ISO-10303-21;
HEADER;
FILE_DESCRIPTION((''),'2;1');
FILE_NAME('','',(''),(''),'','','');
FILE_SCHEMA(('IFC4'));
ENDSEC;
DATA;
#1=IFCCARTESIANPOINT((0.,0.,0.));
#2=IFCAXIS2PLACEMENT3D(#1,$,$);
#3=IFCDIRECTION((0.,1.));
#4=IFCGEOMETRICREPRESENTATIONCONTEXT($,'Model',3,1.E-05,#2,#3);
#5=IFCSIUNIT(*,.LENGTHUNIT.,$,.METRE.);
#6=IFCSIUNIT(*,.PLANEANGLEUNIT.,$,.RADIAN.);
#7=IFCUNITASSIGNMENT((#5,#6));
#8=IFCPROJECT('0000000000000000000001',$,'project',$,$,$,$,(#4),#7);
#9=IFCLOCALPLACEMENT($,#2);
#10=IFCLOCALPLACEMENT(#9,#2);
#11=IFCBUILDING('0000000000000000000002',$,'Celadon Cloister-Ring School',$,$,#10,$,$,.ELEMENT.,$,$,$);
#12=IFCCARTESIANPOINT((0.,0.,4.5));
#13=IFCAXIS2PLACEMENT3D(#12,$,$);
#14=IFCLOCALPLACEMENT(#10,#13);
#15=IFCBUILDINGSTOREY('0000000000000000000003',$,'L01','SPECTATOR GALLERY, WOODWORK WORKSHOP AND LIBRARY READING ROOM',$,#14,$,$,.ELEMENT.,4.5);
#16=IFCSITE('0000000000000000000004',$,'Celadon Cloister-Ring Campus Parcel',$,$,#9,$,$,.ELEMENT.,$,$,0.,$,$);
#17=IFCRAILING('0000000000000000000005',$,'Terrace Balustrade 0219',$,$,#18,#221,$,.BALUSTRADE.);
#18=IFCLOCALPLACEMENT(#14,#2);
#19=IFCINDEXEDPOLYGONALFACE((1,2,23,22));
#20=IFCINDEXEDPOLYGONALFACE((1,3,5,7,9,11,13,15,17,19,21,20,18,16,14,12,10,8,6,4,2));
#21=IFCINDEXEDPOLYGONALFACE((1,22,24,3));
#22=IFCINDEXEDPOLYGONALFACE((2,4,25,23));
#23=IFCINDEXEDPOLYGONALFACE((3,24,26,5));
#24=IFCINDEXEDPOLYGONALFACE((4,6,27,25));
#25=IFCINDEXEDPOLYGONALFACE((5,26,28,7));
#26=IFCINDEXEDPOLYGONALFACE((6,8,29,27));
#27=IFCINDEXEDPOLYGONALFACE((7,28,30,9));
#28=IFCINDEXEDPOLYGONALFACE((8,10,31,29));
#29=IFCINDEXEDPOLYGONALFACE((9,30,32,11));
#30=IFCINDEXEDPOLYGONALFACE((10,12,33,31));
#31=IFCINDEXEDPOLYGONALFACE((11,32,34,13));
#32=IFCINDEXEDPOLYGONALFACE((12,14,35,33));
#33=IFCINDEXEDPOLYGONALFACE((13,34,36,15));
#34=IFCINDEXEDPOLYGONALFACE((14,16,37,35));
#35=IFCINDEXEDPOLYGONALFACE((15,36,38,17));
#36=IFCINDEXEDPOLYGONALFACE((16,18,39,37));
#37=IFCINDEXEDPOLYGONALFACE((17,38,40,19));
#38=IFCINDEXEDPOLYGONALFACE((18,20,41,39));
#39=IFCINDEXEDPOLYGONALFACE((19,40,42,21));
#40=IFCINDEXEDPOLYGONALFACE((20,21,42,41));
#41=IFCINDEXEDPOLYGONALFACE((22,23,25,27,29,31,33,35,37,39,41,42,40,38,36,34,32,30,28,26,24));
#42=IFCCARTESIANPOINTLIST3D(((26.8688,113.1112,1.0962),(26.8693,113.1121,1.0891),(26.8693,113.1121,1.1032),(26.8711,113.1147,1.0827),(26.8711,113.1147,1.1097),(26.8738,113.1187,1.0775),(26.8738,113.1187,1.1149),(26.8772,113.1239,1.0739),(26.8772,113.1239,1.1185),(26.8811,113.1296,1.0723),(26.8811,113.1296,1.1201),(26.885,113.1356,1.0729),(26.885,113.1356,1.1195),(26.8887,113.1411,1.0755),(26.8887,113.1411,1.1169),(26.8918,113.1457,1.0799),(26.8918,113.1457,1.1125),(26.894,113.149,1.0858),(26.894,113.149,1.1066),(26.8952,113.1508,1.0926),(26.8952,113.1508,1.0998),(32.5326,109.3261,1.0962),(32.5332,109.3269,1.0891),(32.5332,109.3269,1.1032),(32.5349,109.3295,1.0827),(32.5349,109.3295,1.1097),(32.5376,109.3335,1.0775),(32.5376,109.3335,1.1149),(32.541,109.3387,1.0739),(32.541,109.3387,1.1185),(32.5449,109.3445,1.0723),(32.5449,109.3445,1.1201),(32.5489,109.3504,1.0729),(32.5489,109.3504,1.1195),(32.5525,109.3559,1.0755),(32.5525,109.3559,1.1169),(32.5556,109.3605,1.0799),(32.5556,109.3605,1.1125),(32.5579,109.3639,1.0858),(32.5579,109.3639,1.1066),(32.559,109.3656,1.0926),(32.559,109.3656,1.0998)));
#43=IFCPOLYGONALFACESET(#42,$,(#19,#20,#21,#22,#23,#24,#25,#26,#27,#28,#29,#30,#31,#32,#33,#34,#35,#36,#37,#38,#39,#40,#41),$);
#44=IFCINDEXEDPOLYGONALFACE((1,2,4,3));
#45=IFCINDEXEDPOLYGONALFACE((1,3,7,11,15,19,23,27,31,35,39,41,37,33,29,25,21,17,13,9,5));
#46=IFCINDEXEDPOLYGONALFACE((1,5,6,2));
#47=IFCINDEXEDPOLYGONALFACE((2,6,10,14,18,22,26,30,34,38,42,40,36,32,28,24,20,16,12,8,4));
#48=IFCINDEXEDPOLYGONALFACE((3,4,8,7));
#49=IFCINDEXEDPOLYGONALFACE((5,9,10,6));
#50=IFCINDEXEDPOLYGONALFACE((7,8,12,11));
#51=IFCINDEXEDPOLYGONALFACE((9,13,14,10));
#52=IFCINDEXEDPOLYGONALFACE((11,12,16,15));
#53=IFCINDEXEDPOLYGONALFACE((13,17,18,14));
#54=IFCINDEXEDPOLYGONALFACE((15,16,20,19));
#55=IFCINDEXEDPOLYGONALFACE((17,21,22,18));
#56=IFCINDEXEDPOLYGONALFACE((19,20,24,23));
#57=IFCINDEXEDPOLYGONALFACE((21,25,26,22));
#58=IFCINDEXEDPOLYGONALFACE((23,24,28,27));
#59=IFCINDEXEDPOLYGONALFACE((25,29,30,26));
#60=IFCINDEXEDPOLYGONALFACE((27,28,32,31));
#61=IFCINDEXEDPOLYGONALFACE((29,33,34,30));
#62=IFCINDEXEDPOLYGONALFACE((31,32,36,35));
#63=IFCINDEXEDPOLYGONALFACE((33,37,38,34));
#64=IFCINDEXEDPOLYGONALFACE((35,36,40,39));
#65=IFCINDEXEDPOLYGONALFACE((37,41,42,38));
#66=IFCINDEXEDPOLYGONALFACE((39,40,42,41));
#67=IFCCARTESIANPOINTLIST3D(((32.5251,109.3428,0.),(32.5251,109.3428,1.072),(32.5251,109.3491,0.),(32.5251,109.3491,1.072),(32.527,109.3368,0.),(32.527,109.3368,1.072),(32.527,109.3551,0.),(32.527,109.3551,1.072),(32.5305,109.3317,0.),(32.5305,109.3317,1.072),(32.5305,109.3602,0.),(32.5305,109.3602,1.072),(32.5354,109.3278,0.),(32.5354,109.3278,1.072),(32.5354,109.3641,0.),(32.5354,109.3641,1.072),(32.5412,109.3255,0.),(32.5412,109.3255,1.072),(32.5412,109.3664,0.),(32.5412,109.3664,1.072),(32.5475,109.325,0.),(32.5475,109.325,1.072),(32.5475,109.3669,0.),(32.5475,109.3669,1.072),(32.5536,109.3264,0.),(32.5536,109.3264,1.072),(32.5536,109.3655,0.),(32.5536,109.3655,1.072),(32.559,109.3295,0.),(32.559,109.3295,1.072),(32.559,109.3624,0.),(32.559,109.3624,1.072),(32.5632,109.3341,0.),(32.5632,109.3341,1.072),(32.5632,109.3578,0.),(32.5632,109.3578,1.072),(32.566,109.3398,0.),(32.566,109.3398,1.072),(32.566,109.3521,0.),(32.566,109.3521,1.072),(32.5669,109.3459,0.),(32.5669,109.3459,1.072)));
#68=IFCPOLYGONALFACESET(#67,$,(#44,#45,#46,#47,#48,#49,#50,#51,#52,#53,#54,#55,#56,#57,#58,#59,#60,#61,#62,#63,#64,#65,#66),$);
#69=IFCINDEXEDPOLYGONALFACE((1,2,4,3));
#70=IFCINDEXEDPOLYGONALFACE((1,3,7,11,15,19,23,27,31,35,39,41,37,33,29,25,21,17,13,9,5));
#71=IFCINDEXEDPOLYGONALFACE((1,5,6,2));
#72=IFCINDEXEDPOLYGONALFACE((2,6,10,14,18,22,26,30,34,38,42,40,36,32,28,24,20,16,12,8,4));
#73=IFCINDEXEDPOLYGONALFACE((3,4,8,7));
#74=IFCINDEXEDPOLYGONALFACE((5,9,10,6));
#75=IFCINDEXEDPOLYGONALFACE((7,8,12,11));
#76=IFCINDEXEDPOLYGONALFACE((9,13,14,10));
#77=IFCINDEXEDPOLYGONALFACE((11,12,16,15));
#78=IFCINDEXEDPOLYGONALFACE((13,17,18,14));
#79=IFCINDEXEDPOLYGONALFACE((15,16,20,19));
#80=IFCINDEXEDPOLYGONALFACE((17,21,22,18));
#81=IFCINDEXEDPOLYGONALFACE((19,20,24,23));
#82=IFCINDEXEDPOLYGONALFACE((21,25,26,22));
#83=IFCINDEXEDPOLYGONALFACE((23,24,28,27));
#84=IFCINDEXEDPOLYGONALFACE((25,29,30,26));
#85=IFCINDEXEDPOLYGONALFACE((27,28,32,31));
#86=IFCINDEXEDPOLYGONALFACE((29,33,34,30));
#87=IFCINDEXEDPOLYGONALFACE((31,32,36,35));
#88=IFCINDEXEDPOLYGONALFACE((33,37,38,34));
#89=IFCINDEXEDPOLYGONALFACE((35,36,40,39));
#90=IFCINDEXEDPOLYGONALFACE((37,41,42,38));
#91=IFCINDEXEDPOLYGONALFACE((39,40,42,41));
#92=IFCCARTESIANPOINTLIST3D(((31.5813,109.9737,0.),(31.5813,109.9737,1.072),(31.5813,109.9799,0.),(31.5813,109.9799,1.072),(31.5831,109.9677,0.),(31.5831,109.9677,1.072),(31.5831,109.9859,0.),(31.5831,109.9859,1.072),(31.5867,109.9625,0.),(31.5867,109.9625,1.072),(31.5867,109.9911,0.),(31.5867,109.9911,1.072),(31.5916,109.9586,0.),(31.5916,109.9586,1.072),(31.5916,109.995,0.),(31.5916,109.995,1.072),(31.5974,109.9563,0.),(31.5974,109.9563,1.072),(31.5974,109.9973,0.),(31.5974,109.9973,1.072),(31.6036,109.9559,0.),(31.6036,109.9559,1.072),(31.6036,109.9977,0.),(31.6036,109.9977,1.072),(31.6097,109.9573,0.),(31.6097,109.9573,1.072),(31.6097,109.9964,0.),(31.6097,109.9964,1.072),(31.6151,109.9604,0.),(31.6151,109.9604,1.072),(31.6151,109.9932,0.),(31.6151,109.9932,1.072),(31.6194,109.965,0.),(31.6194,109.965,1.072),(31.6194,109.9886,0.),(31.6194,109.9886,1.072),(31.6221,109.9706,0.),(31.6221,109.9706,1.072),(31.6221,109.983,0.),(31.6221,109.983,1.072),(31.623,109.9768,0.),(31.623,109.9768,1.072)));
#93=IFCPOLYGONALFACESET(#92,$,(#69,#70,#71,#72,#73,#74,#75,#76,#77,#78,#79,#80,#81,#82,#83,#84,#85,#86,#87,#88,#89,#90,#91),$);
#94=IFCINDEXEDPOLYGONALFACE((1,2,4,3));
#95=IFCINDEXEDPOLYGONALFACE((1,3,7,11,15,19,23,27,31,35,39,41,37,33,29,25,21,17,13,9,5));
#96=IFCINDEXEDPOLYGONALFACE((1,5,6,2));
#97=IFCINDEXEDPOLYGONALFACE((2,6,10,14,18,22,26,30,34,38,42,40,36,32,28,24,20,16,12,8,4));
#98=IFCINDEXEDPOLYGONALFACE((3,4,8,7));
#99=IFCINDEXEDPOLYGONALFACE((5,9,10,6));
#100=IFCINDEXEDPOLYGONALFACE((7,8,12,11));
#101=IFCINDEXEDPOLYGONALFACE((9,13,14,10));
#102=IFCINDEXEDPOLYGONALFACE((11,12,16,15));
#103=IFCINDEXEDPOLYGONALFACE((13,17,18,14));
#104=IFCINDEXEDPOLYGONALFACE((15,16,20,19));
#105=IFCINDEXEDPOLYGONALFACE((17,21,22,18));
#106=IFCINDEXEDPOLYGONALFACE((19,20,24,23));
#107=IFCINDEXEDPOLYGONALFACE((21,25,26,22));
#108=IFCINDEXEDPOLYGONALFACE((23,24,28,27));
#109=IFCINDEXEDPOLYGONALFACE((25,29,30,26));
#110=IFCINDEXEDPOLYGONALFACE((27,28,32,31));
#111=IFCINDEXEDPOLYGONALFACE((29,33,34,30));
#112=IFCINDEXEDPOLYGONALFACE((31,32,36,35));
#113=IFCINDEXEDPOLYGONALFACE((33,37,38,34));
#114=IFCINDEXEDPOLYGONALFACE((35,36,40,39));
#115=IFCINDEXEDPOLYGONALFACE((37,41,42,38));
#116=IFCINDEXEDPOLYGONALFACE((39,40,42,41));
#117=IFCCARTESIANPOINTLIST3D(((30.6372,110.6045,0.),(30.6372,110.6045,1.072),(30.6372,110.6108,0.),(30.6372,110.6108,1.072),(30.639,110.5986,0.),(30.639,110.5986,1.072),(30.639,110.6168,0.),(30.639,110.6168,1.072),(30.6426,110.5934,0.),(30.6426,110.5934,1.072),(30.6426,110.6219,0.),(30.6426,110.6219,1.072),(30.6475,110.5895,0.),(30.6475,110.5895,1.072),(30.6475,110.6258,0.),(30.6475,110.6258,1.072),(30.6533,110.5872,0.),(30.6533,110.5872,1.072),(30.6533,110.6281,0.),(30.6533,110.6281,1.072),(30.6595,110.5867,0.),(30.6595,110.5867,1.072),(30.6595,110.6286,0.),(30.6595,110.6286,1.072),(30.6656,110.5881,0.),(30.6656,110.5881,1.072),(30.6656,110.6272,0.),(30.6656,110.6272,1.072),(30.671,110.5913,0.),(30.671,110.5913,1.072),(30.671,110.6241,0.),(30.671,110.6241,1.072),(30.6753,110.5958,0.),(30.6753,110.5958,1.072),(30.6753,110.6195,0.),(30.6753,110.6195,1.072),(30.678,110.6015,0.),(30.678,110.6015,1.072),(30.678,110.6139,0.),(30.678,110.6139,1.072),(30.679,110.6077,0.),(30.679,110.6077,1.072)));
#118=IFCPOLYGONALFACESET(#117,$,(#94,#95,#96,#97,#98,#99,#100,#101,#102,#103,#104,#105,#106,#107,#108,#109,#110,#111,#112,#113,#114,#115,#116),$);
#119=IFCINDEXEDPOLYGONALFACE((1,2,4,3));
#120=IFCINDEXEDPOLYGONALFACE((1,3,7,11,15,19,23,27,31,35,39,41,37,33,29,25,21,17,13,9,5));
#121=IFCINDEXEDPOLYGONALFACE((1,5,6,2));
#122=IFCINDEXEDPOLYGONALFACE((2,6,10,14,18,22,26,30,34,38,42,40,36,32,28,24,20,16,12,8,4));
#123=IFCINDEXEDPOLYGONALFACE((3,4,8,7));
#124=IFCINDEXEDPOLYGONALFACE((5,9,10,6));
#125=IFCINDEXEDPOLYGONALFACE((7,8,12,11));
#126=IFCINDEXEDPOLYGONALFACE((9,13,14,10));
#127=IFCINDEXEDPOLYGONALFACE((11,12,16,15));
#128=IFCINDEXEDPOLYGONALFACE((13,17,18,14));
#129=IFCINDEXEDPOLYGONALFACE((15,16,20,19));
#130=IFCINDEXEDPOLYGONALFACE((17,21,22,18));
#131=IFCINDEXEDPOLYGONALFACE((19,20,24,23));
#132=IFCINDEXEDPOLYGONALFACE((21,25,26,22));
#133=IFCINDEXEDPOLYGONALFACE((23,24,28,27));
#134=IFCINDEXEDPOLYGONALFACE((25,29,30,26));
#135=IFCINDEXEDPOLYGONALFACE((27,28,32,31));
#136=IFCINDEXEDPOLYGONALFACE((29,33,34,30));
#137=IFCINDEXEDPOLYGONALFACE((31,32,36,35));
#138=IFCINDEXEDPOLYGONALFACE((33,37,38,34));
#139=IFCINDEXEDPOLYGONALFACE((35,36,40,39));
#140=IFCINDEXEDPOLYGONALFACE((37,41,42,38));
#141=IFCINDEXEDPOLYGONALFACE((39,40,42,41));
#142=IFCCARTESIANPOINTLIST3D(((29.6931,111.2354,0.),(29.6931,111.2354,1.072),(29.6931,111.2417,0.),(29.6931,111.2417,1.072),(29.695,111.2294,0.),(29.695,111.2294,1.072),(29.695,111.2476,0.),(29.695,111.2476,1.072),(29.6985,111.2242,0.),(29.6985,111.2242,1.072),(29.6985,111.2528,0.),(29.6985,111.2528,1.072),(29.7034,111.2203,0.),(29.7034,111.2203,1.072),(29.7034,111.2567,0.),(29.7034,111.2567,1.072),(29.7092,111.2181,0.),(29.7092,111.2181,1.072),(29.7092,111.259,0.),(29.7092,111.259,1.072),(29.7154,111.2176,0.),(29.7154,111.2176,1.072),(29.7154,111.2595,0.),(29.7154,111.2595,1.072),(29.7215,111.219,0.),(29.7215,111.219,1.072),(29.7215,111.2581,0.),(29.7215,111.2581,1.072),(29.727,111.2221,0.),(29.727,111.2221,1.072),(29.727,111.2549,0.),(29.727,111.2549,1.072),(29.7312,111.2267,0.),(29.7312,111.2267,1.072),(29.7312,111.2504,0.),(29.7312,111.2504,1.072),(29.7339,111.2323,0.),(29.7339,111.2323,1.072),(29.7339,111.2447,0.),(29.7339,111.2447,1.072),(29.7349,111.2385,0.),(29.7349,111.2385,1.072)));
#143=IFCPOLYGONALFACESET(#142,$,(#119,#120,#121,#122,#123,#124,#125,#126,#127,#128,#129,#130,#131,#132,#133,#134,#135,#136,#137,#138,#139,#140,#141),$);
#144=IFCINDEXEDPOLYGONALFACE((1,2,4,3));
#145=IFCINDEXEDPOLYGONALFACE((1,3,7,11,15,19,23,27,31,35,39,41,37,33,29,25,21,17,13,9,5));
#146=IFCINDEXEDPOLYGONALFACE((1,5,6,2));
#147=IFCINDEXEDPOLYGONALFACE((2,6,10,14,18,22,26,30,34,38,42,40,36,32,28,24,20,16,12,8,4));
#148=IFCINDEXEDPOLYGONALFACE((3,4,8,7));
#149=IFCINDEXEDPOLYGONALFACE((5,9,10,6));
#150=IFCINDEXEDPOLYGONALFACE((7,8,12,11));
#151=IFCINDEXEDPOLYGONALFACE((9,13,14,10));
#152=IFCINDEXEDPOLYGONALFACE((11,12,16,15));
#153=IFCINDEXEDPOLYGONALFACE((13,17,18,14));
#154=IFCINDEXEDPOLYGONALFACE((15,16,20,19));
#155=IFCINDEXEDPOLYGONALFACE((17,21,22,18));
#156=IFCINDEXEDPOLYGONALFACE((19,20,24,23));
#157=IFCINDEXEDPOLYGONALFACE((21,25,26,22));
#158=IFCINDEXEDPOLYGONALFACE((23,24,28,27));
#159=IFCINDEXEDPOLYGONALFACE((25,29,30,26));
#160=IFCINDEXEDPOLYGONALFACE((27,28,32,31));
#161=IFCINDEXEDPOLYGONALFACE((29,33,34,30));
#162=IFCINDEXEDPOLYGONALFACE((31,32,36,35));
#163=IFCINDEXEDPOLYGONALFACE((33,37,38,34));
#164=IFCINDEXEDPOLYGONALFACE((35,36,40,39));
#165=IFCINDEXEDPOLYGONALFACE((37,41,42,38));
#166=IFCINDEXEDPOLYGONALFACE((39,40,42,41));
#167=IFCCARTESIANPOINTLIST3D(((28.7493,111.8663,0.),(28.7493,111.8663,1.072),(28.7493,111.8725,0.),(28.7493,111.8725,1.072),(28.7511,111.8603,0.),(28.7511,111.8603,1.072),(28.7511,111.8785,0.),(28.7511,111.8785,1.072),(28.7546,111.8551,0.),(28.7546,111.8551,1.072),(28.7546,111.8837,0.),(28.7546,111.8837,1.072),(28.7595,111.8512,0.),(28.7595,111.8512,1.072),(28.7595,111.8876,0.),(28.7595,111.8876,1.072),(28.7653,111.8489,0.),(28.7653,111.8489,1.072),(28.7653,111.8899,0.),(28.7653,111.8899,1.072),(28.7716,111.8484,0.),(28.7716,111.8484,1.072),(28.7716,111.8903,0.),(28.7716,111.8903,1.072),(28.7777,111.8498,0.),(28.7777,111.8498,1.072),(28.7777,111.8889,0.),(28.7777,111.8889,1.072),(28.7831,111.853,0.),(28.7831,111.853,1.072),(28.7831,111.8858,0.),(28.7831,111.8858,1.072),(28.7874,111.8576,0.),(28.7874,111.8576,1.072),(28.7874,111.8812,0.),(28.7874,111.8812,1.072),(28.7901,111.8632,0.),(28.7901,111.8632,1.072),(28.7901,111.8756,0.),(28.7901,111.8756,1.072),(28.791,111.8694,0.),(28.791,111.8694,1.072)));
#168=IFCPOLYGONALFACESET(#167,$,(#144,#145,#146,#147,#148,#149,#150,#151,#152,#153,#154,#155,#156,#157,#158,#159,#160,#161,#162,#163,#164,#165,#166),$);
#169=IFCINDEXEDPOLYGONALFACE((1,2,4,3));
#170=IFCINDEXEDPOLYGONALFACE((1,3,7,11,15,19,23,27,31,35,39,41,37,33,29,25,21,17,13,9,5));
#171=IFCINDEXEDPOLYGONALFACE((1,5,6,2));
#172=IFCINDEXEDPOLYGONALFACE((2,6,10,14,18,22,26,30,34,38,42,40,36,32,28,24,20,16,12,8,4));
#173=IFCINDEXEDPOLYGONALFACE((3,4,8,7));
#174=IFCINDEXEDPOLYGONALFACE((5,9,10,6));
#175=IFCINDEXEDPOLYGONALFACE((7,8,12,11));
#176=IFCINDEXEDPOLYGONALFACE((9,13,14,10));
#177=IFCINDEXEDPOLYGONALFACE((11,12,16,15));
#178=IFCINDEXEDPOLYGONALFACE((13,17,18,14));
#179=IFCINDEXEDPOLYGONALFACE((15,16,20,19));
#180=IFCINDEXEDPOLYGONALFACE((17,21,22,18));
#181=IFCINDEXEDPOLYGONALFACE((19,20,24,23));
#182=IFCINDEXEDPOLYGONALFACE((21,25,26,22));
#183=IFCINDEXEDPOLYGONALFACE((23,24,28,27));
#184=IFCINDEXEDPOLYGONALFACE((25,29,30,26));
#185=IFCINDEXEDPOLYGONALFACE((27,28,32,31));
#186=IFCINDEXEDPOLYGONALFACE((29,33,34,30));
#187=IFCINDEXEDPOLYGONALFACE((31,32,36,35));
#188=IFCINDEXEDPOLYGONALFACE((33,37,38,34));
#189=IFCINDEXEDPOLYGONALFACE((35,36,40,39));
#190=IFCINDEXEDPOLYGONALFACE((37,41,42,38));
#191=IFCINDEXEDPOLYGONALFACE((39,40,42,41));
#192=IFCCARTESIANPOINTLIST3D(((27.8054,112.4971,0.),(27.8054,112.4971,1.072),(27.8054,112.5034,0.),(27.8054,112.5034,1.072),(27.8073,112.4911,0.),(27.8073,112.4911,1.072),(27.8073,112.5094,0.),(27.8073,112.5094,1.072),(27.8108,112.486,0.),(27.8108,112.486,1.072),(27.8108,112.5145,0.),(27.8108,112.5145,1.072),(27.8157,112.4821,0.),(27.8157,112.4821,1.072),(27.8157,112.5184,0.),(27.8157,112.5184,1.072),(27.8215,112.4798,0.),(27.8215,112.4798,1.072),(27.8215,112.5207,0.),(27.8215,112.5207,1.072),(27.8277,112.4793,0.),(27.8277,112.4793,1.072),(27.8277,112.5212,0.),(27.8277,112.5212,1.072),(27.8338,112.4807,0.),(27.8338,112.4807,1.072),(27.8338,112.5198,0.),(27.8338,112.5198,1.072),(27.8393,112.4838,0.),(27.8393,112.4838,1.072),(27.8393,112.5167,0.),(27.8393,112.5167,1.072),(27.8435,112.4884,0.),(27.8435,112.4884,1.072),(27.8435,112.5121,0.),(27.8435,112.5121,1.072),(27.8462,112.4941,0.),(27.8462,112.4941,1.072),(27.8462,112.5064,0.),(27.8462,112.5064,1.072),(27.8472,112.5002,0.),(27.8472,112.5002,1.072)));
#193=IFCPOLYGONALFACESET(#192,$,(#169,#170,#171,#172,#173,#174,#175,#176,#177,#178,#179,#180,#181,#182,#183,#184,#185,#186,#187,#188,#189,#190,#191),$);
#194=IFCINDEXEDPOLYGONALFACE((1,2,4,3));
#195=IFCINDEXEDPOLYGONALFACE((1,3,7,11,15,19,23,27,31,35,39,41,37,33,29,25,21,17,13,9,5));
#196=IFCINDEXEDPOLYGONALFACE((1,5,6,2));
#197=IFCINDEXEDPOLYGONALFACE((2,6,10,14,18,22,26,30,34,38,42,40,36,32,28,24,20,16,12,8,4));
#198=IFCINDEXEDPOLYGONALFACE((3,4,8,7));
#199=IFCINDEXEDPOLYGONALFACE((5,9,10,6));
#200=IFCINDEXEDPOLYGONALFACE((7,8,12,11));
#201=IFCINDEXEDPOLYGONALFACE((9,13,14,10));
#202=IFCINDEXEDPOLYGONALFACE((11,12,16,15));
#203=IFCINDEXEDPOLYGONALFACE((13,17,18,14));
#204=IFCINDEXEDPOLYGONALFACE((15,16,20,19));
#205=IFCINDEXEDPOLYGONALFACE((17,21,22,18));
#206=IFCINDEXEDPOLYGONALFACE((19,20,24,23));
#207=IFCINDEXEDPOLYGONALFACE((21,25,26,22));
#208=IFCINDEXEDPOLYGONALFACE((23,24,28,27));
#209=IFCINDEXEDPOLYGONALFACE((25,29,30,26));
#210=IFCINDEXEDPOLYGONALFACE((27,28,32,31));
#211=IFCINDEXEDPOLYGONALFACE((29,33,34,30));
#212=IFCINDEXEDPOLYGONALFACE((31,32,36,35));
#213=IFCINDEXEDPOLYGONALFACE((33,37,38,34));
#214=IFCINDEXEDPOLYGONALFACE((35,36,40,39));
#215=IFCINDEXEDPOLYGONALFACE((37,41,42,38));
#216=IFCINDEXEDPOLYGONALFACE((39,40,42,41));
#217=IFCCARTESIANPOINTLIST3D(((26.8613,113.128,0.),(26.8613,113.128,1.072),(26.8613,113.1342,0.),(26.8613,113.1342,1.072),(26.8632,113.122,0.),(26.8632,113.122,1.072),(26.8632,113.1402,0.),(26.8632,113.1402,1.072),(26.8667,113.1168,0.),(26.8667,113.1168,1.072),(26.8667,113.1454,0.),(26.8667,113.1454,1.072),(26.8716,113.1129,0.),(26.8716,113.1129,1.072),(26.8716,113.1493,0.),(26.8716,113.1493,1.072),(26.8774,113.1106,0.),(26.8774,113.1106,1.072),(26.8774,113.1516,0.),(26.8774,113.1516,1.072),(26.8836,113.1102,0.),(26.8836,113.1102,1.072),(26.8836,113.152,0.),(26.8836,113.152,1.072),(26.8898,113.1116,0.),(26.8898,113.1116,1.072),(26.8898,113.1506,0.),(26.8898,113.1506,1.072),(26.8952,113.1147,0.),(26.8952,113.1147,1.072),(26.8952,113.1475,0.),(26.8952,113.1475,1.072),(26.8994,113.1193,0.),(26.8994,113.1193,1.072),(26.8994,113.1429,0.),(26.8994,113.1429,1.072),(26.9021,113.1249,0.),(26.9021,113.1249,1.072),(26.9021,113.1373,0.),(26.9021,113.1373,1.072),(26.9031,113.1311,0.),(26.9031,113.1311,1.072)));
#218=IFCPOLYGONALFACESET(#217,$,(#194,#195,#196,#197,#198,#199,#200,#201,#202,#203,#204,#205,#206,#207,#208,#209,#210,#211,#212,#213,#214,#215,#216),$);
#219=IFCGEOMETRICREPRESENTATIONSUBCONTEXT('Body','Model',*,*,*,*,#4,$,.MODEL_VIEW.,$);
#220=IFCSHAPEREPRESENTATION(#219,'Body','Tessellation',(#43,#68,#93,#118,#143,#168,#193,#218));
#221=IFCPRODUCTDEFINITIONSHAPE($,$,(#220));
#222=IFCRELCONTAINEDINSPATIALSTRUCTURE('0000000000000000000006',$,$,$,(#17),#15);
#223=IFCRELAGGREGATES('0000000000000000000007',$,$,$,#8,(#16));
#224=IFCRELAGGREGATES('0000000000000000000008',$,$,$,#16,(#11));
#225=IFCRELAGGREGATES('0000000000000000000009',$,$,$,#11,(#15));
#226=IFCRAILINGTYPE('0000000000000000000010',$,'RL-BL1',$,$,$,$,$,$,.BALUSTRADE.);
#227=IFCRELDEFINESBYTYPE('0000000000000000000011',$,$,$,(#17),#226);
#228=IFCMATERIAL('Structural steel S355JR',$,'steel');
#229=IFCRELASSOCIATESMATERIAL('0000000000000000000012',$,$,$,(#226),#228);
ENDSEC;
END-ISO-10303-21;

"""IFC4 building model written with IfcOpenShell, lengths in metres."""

from ifc_helpers import new_model, si_unit, direction, frame, origin, origin_2d, place, context, subcontext, project, spatial, circle, extrude, material, type_object, element, save


model = new_model("IFC4")

# Units and contexts
model_context = context("Model", 3, precision=1e-05, world=origin(), true_north=direction((0.0, 1.0)))
body_context = subcontext(model_context, "Body", "Model", "MODEL_VIEW")
ifc_project = project(units=[si_unit("LENGTHUNIT", "METRE"), si_unit("PLANEANGLEUNIT", "RADIAN")], contexts=[model_context])

# Site, building, storey
site_placement = place(None, origin())
site = spatial("IfcSite", under=ifc_project, at=site_placement, Name="Celadon Cloister-Ring Campus Parcel", CompositionType="ELEMENT", RefElevation=0.0)
building_placement = place(site_placement, origin())
building = spatial("IfcBuilding", under=site, at=building_placement, Name="Celadon Cloister-Ring School", CompositionType="ELEMENT")
storey_placement = place(building_placement, frame((0.0, 0.0, 4.5)))
storey = spatial("IfcBuildingStorey", under=building, at=storey_placement, Name="L01", Description="SPECTATOR GALLERY, WOODWORK WORKSHOP AND LIBRARY READING ROOM", CompositionType="ELEMENT", Elevation=4.5)

# Railing
ifc_material_1 = material(Name="Structural steel S355JR", Category="steel")
railing_type = type_object("IfcRailingType", Name="RL-BL1", PredefinedType="BALUSTRADE", material=ifc_material_1)
railing_1_placement = place(storey_placement, frame((32.5459, 109.3459, 0.0)))
element("IfcRailing", 1, at=railing_1_placement, inside=storey, type_object=railing_type, Name="Terrace Balustrade 0219", PredefinedType="BALUSTRADE", context=body_context, shape_type="SweptSolid", body=[
    extrude(circle(Radius=0.0239, at=origin_2d()), frame((0.0, 0.0, 1.0962), z_axis=(-0.831421, 0.555643, 0.0), x_axis=(-0.555643, -0.831421, 0.0)), (0.0, 0.0, 1.0), 6.8123),
    extrude(circle(Radius=0.021, at=origin_2d()), origin(), (0.0, 0.0, 1.0), 1.072),
    extrude(circle(Radius=0.021, at=origin_2d()), frame((-0.9438, 0.6309, 0.0)), (0.0, 0.0, 1.0), 1.072),
    extrude(circle(Radius=0.021, at=origin_2d()), frame((-1.8879, 1.2617, 0.0)), (0.0, 0.0, 1.0), 1.072),
    extrude(circle(Radius=0.021, at=origin_2d()), frame((-2.832, 1.8926, 0.0)), (0.0, 0.0, 1.0), 1.072),
    extrude(circle(Radius=0.021, at=origin_2d()), frame((-3.7759, 2.5234, 0.0)), (0.0, 0.0, 1.0), 1.072),
    extrude(circle(Radius=0.021, at=origin_2d()), frame((-4.7197, 3.1543, 0.0)), (0.0, 0.0, 1.0), 1.072),
    extrude(circle(Radius=0.021, at=origin_2d()), frame((-5.6638, 3.7852, 0.0)), (0.0, 0.0, 1.0), 1.072),
])

save(model, "model.ifc")
